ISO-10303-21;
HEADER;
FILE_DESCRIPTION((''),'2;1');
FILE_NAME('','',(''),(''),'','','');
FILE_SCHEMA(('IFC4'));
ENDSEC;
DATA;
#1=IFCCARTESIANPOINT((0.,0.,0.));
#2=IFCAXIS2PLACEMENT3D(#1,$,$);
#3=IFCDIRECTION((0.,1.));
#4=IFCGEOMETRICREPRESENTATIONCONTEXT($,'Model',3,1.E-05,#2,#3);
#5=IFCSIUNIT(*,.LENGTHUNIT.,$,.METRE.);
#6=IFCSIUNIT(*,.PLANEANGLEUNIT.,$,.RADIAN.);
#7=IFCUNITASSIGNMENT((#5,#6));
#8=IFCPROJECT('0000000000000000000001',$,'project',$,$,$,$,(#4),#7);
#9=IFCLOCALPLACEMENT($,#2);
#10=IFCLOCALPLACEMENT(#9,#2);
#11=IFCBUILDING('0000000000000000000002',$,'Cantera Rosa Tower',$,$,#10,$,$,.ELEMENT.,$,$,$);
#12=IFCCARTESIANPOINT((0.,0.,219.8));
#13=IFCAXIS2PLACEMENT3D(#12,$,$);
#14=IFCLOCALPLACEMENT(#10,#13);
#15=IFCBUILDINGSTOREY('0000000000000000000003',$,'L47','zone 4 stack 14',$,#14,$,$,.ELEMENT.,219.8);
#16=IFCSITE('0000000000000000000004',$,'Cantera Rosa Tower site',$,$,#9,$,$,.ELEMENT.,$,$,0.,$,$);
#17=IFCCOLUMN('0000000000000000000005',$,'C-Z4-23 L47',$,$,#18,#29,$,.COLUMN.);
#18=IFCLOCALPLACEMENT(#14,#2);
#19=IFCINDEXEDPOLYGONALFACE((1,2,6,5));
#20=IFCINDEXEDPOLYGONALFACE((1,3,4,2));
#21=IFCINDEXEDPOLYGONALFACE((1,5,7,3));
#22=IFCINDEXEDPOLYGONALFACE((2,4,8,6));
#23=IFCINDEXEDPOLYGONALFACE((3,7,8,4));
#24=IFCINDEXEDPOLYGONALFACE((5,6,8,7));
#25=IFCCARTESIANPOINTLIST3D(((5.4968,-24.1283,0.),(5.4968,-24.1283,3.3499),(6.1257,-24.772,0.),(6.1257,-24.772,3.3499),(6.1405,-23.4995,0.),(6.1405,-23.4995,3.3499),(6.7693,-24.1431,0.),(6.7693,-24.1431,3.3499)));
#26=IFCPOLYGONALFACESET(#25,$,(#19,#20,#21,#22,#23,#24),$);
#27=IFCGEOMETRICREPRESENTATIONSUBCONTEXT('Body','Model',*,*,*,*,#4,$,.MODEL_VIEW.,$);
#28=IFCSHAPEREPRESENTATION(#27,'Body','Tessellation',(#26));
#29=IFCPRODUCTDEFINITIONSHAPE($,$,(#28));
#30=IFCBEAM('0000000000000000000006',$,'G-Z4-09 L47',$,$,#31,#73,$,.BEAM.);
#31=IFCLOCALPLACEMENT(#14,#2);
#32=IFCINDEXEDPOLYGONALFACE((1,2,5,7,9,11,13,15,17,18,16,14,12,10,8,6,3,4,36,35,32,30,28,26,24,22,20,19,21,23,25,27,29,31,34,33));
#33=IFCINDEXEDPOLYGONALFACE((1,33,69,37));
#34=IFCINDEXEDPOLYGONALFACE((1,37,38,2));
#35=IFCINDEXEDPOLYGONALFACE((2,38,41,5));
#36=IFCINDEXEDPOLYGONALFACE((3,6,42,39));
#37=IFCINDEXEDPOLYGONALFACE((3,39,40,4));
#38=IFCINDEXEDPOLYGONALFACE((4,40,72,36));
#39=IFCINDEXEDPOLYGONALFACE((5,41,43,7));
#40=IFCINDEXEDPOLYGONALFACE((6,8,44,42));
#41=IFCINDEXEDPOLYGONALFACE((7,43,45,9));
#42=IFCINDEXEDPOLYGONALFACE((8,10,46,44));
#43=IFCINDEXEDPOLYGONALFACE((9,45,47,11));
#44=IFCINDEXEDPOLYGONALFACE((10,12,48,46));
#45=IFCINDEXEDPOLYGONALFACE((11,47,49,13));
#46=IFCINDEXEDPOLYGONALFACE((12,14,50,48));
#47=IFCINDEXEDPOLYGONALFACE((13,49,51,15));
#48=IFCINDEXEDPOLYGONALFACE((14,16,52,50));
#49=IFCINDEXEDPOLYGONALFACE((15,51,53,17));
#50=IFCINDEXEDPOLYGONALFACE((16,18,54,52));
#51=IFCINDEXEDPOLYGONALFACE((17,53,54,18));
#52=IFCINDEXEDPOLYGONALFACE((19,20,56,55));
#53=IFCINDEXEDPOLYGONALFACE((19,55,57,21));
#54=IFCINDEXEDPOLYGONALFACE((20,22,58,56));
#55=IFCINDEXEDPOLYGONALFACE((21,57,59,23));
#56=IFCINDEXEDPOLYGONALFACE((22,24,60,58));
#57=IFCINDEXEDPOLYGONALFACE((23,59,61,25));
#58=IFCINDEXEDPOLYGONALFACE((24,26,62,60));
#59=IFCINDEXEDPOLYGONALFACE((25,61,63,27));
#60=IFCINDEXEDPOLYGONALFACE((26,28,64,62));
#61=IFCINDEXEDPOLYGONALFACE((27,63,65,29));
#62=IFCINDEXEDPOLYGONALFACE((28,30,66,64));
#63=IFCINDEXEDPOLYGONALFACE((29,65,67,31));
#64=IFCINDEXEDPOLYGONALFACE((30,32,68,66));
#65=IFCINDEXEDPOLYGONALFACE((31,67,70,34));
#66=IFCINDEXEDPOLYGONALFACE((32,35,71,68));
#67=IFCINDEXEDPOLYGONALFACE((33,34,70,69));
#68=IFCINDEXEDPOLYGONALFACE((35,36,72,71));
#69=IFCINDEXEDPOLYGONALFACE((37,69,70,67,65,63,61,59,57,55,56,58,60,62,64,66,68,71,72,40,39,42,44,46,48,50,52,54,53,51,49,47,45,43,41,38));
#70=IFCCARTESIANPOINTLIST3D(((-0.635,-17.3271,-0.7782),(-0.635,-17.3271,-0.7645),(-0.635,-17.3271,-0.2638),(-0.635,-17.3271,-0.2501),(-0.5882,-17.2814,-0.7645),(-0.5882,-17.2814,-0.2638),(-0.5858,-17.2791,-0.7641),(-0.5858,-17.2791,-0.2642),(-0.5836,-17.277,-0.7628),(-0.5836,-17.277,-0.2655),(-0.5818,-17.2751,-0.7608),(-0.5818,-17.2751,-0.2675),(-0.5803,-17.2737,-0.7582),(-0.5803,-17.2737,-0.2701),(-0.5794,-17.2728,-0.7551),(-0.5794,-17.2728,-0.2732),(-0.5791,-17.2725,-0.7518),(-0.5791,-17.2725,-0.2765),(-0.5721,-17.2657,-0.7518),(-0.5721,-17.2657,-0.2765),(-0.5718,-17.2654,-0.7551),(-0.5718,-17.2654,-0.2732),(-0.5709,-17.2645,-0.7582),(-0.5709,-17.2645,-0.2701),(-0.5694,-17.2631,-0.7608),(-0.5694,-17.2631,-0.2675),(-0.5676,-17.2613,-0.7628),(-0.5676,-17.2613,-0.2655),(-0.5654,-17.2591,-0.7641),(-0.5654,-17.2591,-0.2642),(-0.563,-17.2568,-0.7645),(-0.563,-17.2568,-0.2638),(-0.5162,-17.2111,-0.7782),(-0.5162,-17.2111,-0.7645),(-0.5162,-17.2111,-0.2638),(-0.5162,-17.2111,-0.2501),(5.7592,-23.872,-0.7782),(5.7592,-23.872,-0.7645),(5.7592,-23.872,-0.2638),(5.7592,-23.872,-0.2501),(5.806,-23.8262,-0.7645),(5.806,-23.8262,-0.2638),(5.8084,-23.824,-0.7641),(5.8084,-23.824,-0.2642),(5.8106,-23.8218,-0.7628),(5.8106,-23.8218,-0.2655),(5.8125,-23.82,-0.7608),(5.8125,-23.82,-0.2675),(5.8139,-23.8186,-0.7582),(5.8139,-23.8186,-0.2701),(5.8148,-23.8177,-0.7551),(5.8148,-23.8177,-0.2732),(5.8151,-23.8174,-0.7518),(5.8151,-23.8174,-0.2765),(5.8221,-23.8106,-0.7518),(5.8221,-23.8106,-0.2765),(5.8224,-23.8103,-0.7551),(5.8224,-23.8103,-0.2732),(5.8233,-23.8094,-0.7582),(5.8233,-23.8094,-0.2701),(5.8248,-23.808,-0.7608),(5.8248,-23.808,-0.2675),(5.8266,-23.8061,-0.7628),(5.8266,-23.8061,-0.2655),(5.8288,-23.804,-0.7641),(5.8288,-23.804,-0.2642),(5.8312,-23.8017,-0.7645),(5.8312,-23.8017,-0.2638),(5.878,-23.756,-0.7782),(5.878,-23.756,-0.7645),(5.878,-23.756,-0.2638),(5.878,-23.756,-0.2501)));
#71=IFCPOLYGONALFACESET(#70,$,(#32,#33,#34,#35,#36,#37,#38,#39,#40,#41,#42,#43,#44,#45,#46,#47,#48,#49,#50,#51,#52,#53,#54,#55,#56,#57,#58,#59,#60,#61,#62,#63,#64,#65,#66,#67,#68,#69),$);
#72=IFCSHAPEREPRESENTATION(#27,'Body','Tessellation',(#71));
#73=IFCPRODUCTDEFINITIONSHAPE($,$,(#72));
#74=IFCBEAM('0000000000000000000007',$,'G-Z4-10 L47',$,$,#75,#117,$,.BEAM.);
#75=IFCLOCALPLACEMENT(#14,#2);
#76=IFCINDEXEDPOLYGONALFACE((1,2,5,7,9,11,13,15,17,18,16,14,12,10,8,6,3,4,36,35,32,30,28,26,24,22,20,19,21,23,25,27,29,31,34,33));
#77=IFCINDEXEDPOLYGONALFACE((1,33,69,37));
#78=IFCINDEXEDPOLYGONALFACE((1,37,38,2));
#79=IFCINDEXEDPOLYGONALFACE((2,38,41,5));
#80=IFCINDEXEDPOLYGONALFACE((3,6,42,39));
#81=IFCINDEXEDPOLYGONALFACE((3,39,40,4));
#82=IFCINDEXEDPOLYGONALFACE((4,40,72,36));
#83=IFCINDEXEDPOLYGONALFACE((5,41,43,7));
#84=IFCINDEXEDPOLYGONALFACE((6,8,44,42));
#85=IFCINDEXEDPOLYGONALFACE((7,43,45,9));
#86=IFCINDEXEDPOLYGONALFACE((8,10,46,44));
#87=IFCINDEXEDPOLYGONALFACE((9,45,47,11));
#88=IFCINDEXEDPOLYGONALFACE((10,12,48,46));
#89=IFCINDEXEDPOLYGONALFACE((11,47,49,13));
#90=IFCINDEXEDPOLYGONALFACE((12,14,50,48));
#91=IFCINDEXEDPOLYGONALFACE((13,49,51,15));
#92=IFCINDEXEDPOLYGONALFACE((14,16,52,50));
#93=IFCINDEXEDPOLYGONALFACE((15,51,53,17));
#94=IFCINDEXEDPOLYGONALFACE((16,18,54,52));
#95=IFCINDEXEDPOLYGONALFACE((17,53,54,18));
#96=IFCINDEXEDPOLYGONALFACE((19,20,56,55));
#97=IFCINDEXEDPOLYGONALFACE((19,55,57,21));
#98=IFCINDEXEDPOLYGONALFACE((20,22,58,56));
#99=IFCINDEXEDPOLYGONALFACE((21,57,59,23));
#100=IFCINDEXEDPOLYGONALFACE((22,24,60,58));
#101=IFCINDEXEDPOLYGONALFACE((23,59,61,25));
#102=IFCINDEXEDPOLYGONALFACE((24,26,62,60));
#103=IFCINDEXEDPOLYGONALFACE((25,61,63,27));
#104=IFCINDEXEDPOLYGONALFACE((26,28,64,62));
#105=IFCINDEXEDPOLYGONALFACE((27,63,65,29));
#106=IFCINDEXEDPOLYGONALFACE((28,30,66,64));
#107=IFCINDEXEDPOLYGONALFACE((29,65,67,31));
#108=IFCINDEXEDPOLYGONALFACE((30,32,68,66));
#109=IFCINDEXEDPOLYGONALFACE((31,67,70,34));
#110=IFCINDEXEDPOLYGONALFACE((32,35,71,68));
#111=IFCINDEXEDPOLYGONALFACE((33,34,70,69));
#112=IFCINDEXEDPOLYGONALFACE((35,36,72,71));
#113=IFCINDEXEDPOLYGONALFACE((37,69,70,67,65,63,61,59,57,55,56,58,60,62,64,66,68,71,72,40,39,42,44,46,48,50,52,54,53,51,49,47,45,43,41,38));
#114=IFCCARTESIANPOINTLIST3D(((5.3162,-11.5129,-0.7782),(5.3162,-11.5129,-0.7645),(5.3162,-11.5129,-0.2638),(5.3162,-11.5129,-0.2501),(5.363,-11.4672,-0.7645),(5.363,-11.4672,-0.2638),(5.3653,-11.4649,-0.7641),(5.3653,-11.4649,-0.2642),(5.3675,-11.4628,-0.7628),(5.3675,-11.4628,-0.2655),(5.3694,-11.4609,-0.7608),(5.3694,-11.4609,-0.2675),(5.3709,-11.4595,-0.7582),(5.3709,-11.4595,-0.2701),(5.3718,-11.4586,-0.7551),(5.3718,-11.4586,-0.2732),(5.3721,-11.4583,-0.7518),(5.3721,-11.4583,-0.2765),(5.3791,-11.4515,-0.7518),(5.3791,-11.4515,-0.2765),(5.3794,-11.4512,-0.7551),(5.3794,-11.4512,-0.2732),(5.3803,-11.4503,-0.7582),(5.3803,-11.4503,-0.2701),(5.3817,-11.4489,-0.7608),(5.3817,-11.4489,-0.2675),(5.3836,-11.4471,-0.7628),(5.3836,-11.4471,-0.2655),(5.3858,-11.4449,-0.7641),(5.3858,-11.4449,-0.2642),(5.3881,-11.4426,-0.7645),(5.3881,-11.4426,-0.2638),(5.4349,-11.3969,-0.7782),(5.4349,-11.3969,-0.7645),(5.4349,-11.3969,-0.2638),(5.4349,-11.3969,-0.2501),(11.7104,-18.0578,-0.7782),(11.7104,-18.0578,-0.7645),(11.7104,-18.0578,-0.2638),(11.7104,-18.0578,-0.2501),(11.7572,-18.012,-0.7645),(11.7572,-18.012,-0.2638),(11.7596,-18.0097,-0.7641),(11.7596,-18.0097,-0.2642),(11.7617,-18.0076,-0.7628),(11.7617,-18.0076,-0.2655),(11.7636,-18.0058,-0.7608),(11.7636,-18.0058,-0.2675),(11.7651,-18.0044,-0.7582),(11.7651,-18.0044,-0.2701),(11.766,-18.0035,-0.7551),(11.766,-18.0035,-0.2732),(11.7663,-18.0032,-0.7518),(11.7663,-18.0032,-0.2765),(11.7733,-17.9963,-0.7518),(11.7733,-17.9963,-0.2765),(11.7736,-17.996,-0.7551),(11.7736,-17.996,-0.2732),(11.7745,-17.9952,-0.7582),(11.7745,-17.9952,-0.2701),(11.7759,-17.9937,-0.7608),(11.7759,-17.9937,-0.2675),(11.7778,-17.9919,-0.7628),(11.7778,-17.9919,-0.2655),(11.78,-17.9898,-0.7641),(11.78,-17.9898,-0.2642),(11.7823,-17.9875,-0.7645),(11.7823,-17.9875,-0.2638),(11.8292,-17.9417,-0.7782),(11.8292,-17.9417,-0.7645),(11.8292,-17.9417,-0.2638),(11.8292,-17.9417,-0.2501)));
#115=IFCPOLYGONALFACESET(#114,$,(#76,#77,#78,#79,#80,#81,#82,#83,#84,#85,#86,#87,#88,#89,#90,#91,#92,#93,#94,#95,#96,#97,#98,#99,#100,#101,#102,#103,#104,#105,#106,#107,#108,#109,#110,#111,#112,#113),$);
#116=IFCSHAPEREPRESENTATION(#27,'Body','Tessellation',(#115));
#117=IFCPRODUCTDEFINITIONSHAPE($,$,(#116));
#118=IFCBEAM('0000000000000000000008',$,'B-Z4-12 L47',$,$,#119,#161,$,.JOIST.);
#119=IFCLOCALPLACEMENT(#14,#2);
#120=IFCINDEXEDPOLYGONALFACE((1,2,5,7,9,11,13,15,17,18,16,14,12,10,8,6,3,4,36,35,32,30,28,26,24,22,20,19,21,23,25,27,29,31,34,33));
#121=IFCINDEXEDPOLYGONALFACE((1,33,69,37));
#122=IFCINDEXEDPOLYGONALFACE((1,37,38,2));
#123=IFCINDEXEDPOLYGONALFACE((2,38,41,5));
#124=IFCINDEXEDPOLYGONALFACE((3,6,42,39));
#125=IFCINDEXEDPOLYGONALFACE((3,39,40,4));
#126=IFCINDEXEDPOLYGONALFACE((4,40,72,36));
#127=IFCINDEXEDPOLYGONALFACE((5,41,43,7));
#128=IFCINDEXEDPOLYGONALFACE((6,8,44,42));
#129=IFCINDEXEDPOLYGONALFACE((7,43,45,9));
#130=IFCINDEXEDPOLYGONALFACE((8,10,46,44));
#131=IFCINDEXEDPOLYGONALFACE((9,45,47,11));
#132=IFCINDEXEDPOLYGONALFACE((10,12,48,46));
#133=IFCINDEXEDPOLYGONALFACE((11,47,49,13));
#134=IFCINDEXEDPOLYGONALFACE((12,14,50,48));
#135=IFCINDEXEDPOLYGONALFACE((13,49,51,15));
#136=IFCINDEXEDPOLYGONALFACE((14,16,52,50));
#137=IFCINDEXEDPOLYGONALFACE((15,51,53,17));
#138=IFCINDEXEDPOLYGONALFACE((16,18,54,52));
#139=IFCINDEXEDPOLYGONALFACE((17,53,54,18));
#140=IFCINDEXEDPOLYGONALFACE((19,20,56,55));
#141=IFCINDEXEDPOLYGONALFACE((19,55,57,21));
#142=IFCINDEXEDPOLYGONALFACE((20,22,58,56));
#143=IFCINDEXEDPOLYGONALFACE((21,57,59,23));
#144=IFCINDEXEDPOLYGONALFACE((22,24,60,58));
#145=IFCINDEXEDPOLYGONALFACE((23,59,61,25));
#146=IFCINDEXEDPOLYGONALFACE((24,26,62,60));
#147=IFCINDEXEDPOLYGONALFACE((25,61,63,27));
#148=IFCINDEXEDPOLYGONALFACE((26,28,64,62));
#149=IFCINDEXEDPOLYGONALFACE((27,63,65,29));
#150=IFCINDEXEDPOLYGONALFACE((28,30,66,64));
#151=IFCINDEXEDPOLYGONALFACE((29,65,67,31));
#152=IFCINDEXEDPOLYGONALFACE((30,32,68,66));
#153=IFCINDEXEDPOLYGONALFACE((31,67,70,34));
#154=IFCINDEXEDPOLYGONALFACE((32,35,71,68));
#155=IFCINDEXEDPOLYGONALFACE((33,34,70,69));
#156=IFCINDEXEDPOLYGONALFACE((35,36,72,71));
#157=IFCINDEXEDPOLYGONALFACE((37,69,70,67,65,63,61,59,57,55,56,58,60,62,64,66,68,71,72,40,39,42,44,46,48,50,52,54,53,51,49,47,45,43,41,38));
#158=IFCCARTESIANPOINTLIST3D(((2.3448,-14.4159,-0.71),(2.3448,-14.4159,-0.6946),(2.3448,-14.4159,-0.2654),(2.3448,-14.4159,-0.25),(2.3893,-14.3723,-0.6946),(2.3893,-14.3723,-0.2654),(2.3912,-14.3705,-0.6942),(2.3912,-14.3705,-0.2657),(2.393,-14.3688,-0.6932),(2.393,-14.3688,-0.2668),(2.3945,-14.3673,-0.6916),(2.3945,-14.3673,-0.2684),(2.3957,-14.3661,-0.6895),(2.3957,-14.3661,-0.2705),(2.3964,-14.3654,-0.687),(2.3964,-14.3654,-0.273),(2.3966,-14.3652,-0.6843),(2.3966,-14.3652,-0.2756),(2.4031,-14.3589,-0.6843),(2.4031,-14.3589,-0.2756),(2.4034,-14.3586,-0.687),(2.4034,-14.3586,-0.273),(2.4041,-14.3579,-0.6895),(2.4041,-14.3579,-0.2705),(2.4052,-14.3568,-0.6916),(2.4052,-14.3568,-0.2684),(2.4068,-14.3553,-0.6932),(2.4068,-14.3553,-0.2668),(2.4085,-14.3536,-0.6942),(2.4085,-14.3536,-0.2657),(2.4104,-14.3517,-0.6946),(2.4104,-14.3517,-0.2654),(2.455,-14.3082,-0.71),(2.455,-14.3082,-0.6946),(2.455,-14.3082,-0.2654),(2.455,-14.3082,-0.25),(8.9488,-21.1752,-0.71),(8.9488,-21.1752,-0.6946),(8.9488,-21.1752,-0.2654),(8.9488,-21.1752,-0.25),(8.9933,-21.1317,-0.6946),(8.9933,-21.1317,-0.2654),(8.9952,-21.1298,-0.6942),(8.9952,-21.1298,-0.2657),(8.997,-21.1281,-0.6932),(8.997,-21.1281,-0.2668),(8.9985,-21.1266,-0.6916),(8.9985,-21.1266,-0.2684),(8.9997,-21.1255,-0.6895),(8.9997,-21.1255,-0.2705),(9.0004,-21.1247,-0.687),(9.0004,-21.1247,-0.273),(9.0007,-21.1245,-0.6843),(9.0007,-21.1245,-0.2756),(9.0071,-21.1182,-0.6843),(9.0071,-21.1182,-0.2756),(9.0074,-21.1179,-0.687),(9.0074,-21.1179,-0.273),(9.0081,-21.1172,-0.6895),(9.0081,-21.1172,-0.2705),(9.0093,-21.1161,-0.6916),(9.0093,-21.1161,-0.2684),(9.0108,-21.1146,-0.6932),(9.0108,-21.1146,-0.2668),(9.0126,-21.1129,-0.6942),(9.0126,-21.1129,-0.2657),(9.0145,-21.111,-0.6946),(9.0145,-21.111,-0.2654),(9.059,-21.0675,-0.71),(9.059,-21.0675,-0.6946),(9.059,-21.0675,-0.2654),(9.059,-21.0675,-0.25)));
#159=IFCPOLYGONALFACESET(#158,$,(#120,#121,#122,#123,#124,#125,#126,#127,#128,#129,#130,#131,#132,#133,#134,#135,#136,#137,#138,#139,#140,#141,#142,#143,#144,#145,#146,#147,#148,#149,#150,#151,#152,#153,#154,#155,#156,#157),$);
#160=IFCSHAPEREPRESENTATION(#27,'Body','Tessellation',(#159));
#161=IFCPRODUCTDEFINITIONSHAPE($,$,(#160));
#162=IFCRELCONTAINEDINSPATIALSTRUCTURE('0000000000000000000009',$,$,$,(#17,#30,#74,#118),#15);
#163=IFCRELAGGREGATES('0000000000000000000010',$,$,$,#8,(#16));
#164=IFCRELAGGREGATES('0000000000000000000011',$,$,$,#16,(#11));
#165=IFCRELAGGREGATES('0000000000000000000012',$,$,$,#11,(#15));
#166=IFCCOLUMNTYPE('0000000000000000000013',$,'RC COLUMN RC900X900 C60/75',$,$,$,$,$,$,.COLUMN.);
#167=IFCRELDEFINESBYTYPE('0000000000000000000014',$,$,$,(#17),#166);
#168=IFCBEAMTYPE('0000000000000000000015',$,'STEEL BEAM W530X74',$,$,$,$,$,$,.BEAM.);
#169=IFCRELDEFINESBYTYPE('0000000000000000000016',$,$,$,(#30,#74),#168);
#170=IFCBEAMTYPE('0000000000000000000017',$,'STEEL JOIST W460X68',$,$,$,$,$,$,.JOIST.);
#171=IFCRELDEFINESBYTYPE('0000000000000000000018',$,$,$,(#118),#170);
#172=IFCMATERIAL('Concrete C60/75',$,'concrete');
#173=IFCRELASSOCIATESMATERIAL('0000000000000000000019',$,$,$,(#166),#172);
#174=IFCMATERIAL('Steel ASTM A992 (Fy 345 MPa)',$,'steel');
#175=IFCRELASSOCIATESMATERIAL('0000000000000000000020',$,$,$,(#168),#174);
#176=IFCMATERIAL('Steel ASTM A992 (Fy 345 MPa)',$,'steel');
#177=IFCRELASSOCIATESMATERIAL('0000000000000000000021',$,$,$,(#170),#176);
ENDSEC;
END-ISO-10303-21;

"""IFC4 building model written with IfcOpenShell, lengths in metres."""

from ifc_helpers import new_model, si_unit, direction, frame, origin, origin_2d, place, context, subcontext, project, spatial, rectangle, i_section, extrude, material, material_profile, profile_set, type_object, element, save


model = new_model("IFC4")

# Units and contexts
model_context = context("Model", 3, precision=1e-05, world=origin(), true_north=direction((0.0, 1.0)))
body_context = subcontext(model_context, "Body", "Model", "MODEL_VIEW")
ifc_project = project(units=[si_unit("LENGTHUNIT", "METRE"), si_unit("PLANEANGLEUNIT", "RADIAN")], contexts=[model_context])

# Site, building, storey
site_placement = place(None, origin())
site = spatial("IfcSite", under=ifc_project, at=site_placement, Name="Cantera Rosa Tower site", CompositionType="ELEMENT", RefElevation=0.0)
building_placement = place(site_placement, origin())
building = spatial("IfcBuilding", under=site, at=building_placement, Name="Cantera Rosa Tower", CompositionType="ELEMENT")
storey_placement = place(building_placement, frame((0.0, 0.0, 219.8)))
storey = spatial("IfcBuildingStorey", under=building, at=storey_placement, Name="L47", Description="zone 4 stack 14", CompositionType="ELEMENT", Elevation=219.8)

# Column
ifc_material_1 = material(Name="Concrete C60/75", Category="concrete")
ifc_material_profile_1 = material_profile(ifc_material_1, rectangle(XDim=0.8999, YDim=0.8999, at=origin_2d()), Name="RC COLUMN RC900X900 C60/75")
ifc_profile_set_1 = profile_set([ifc_material_profile_1], Name="Concrete C60/75")
column_type = type_object("IfcColumnType", Name="RC COLUMN RC900X900 C60/75", PredefinedType="COLUMN", material=ifc_profile_set_1)
column_placement = place(storey_placement, frame((6.1331, -24.1357, 0.0), z_axis=(0.0, 0.0, 1.0), x_axis=(0.715286, 0.698832, 0.0)))
element("IfcColumn", 1, at=column_placement, inside=storey, type_object=column_type, Name="C-Z4-23 L47", PredefinedType="COLUMN", context=body_context, shape_type="SweptSolid", body=[
    extrude(rectangle(XDim=0.8999, YDim=0.8999, at=origin_2d()), origin(), (0.0, 0.0, 1.0), 3.3499),
])

# Beams
ifc_material_2 = material(Name="Steel ASTM A992 (Fy 345 MPa)", Category="steel")
ifc_material_profile_2 = material_profile(ifc_material_2, i_section(OverallWidth=0.166, OverallDepth=0.5281, WebThickness=0.0098, FlangeThickness=0.0137, FilletRadius=0.0127, at=origin_2d()), Name="W530X74")
ifc_profile_set_2 = profile_set([ifc_material_profile_2], Name="Steel ASTM A992 (Fy 345 MPa)")
beam_type_1 = type_object("IfcBeamType", Name="STEEL BEAM W530X74", PredefinedType="BEAM", material=ifc_profile_set_2)
for number, where, z_axis, x_axis, name in (
    (2, (5.8186, -23.814, -0.5142), (-0.698827, 0.71529, 0.0), (-0.71529, -0.698827, 0.0), "G-Z4-09 L47"),
    (3, (11.7698, -17.9998, -0.5142), (-0.698827, 0.71529, 0.0), (-0.71529, -0.698827, 0.0), "G-Z4-10 L47"),
):
    element("IfcBeam", number, at=place(storey_placement, frame(where, z_axis=z_axis, x_axis=x_axis)), inside=storey, type_object=beam_type_1, Name=name, PredefinedType="BEAM", context=body_context, shape_type="SweptSolid", body=[
        extrude(i_section(OverallWidth=0.166, OverallDepth=0.5281, WebThickness=0.0098, FlangeThickness=0.0137, FilletRadius=0.0127, at=origin_2d()), origin(), (0.0, 0.0, 1.0), 9.1499),
    ])
ifc_material_3 = material(Name="Steel ASTM A992 (Fy 345 MPa)", Category="steel")
ifc_material_profile_3 = material_profile(ifc_material_3, i_section(OverallWidth=0.1541, OverallDepth=0.46, WebThickness=0.009, FlangeThickness=0.0154, FilletRadius=0.0103, at=origin_2d()), Name="W460X68")
ifc_profile_set_3 = profile_set([ifc_material_profile_3], Name="Steel ASTM A992 (Fy 345 MPa)")
beam_type_2 = type_object("IfcBeamType", Name="STEEL JOIST W460X68", PredefinedType="JOIST", material=ifc_profile_set_3)
beam_1_placement = place(storey_placement, frame((9.0039, -21.1213, -0.48), z_axis=(-0.698843, 0.715275, 0.0), x_axis=(-0.715275, -0.698843, 0.0)))
element("IfcBeam", 4, at=beam_1_placement, inside=storey, type_object=beam_type_2, Name="B-Z4-12 L47", PredefinedType="JOIST", context=body_context, shape_type="SweptSolid", body=[
    extrude(i_section(OverallWidth=0.1541, OverallDepth=0.46, WebThickness=0.009, FlangeThickness=0.0154, FilletRadius=0.0103, at=origin_2d()), origin(), (0.0, 0.0, 1.0), 9.45),
])

save(model, "model.ifc")
